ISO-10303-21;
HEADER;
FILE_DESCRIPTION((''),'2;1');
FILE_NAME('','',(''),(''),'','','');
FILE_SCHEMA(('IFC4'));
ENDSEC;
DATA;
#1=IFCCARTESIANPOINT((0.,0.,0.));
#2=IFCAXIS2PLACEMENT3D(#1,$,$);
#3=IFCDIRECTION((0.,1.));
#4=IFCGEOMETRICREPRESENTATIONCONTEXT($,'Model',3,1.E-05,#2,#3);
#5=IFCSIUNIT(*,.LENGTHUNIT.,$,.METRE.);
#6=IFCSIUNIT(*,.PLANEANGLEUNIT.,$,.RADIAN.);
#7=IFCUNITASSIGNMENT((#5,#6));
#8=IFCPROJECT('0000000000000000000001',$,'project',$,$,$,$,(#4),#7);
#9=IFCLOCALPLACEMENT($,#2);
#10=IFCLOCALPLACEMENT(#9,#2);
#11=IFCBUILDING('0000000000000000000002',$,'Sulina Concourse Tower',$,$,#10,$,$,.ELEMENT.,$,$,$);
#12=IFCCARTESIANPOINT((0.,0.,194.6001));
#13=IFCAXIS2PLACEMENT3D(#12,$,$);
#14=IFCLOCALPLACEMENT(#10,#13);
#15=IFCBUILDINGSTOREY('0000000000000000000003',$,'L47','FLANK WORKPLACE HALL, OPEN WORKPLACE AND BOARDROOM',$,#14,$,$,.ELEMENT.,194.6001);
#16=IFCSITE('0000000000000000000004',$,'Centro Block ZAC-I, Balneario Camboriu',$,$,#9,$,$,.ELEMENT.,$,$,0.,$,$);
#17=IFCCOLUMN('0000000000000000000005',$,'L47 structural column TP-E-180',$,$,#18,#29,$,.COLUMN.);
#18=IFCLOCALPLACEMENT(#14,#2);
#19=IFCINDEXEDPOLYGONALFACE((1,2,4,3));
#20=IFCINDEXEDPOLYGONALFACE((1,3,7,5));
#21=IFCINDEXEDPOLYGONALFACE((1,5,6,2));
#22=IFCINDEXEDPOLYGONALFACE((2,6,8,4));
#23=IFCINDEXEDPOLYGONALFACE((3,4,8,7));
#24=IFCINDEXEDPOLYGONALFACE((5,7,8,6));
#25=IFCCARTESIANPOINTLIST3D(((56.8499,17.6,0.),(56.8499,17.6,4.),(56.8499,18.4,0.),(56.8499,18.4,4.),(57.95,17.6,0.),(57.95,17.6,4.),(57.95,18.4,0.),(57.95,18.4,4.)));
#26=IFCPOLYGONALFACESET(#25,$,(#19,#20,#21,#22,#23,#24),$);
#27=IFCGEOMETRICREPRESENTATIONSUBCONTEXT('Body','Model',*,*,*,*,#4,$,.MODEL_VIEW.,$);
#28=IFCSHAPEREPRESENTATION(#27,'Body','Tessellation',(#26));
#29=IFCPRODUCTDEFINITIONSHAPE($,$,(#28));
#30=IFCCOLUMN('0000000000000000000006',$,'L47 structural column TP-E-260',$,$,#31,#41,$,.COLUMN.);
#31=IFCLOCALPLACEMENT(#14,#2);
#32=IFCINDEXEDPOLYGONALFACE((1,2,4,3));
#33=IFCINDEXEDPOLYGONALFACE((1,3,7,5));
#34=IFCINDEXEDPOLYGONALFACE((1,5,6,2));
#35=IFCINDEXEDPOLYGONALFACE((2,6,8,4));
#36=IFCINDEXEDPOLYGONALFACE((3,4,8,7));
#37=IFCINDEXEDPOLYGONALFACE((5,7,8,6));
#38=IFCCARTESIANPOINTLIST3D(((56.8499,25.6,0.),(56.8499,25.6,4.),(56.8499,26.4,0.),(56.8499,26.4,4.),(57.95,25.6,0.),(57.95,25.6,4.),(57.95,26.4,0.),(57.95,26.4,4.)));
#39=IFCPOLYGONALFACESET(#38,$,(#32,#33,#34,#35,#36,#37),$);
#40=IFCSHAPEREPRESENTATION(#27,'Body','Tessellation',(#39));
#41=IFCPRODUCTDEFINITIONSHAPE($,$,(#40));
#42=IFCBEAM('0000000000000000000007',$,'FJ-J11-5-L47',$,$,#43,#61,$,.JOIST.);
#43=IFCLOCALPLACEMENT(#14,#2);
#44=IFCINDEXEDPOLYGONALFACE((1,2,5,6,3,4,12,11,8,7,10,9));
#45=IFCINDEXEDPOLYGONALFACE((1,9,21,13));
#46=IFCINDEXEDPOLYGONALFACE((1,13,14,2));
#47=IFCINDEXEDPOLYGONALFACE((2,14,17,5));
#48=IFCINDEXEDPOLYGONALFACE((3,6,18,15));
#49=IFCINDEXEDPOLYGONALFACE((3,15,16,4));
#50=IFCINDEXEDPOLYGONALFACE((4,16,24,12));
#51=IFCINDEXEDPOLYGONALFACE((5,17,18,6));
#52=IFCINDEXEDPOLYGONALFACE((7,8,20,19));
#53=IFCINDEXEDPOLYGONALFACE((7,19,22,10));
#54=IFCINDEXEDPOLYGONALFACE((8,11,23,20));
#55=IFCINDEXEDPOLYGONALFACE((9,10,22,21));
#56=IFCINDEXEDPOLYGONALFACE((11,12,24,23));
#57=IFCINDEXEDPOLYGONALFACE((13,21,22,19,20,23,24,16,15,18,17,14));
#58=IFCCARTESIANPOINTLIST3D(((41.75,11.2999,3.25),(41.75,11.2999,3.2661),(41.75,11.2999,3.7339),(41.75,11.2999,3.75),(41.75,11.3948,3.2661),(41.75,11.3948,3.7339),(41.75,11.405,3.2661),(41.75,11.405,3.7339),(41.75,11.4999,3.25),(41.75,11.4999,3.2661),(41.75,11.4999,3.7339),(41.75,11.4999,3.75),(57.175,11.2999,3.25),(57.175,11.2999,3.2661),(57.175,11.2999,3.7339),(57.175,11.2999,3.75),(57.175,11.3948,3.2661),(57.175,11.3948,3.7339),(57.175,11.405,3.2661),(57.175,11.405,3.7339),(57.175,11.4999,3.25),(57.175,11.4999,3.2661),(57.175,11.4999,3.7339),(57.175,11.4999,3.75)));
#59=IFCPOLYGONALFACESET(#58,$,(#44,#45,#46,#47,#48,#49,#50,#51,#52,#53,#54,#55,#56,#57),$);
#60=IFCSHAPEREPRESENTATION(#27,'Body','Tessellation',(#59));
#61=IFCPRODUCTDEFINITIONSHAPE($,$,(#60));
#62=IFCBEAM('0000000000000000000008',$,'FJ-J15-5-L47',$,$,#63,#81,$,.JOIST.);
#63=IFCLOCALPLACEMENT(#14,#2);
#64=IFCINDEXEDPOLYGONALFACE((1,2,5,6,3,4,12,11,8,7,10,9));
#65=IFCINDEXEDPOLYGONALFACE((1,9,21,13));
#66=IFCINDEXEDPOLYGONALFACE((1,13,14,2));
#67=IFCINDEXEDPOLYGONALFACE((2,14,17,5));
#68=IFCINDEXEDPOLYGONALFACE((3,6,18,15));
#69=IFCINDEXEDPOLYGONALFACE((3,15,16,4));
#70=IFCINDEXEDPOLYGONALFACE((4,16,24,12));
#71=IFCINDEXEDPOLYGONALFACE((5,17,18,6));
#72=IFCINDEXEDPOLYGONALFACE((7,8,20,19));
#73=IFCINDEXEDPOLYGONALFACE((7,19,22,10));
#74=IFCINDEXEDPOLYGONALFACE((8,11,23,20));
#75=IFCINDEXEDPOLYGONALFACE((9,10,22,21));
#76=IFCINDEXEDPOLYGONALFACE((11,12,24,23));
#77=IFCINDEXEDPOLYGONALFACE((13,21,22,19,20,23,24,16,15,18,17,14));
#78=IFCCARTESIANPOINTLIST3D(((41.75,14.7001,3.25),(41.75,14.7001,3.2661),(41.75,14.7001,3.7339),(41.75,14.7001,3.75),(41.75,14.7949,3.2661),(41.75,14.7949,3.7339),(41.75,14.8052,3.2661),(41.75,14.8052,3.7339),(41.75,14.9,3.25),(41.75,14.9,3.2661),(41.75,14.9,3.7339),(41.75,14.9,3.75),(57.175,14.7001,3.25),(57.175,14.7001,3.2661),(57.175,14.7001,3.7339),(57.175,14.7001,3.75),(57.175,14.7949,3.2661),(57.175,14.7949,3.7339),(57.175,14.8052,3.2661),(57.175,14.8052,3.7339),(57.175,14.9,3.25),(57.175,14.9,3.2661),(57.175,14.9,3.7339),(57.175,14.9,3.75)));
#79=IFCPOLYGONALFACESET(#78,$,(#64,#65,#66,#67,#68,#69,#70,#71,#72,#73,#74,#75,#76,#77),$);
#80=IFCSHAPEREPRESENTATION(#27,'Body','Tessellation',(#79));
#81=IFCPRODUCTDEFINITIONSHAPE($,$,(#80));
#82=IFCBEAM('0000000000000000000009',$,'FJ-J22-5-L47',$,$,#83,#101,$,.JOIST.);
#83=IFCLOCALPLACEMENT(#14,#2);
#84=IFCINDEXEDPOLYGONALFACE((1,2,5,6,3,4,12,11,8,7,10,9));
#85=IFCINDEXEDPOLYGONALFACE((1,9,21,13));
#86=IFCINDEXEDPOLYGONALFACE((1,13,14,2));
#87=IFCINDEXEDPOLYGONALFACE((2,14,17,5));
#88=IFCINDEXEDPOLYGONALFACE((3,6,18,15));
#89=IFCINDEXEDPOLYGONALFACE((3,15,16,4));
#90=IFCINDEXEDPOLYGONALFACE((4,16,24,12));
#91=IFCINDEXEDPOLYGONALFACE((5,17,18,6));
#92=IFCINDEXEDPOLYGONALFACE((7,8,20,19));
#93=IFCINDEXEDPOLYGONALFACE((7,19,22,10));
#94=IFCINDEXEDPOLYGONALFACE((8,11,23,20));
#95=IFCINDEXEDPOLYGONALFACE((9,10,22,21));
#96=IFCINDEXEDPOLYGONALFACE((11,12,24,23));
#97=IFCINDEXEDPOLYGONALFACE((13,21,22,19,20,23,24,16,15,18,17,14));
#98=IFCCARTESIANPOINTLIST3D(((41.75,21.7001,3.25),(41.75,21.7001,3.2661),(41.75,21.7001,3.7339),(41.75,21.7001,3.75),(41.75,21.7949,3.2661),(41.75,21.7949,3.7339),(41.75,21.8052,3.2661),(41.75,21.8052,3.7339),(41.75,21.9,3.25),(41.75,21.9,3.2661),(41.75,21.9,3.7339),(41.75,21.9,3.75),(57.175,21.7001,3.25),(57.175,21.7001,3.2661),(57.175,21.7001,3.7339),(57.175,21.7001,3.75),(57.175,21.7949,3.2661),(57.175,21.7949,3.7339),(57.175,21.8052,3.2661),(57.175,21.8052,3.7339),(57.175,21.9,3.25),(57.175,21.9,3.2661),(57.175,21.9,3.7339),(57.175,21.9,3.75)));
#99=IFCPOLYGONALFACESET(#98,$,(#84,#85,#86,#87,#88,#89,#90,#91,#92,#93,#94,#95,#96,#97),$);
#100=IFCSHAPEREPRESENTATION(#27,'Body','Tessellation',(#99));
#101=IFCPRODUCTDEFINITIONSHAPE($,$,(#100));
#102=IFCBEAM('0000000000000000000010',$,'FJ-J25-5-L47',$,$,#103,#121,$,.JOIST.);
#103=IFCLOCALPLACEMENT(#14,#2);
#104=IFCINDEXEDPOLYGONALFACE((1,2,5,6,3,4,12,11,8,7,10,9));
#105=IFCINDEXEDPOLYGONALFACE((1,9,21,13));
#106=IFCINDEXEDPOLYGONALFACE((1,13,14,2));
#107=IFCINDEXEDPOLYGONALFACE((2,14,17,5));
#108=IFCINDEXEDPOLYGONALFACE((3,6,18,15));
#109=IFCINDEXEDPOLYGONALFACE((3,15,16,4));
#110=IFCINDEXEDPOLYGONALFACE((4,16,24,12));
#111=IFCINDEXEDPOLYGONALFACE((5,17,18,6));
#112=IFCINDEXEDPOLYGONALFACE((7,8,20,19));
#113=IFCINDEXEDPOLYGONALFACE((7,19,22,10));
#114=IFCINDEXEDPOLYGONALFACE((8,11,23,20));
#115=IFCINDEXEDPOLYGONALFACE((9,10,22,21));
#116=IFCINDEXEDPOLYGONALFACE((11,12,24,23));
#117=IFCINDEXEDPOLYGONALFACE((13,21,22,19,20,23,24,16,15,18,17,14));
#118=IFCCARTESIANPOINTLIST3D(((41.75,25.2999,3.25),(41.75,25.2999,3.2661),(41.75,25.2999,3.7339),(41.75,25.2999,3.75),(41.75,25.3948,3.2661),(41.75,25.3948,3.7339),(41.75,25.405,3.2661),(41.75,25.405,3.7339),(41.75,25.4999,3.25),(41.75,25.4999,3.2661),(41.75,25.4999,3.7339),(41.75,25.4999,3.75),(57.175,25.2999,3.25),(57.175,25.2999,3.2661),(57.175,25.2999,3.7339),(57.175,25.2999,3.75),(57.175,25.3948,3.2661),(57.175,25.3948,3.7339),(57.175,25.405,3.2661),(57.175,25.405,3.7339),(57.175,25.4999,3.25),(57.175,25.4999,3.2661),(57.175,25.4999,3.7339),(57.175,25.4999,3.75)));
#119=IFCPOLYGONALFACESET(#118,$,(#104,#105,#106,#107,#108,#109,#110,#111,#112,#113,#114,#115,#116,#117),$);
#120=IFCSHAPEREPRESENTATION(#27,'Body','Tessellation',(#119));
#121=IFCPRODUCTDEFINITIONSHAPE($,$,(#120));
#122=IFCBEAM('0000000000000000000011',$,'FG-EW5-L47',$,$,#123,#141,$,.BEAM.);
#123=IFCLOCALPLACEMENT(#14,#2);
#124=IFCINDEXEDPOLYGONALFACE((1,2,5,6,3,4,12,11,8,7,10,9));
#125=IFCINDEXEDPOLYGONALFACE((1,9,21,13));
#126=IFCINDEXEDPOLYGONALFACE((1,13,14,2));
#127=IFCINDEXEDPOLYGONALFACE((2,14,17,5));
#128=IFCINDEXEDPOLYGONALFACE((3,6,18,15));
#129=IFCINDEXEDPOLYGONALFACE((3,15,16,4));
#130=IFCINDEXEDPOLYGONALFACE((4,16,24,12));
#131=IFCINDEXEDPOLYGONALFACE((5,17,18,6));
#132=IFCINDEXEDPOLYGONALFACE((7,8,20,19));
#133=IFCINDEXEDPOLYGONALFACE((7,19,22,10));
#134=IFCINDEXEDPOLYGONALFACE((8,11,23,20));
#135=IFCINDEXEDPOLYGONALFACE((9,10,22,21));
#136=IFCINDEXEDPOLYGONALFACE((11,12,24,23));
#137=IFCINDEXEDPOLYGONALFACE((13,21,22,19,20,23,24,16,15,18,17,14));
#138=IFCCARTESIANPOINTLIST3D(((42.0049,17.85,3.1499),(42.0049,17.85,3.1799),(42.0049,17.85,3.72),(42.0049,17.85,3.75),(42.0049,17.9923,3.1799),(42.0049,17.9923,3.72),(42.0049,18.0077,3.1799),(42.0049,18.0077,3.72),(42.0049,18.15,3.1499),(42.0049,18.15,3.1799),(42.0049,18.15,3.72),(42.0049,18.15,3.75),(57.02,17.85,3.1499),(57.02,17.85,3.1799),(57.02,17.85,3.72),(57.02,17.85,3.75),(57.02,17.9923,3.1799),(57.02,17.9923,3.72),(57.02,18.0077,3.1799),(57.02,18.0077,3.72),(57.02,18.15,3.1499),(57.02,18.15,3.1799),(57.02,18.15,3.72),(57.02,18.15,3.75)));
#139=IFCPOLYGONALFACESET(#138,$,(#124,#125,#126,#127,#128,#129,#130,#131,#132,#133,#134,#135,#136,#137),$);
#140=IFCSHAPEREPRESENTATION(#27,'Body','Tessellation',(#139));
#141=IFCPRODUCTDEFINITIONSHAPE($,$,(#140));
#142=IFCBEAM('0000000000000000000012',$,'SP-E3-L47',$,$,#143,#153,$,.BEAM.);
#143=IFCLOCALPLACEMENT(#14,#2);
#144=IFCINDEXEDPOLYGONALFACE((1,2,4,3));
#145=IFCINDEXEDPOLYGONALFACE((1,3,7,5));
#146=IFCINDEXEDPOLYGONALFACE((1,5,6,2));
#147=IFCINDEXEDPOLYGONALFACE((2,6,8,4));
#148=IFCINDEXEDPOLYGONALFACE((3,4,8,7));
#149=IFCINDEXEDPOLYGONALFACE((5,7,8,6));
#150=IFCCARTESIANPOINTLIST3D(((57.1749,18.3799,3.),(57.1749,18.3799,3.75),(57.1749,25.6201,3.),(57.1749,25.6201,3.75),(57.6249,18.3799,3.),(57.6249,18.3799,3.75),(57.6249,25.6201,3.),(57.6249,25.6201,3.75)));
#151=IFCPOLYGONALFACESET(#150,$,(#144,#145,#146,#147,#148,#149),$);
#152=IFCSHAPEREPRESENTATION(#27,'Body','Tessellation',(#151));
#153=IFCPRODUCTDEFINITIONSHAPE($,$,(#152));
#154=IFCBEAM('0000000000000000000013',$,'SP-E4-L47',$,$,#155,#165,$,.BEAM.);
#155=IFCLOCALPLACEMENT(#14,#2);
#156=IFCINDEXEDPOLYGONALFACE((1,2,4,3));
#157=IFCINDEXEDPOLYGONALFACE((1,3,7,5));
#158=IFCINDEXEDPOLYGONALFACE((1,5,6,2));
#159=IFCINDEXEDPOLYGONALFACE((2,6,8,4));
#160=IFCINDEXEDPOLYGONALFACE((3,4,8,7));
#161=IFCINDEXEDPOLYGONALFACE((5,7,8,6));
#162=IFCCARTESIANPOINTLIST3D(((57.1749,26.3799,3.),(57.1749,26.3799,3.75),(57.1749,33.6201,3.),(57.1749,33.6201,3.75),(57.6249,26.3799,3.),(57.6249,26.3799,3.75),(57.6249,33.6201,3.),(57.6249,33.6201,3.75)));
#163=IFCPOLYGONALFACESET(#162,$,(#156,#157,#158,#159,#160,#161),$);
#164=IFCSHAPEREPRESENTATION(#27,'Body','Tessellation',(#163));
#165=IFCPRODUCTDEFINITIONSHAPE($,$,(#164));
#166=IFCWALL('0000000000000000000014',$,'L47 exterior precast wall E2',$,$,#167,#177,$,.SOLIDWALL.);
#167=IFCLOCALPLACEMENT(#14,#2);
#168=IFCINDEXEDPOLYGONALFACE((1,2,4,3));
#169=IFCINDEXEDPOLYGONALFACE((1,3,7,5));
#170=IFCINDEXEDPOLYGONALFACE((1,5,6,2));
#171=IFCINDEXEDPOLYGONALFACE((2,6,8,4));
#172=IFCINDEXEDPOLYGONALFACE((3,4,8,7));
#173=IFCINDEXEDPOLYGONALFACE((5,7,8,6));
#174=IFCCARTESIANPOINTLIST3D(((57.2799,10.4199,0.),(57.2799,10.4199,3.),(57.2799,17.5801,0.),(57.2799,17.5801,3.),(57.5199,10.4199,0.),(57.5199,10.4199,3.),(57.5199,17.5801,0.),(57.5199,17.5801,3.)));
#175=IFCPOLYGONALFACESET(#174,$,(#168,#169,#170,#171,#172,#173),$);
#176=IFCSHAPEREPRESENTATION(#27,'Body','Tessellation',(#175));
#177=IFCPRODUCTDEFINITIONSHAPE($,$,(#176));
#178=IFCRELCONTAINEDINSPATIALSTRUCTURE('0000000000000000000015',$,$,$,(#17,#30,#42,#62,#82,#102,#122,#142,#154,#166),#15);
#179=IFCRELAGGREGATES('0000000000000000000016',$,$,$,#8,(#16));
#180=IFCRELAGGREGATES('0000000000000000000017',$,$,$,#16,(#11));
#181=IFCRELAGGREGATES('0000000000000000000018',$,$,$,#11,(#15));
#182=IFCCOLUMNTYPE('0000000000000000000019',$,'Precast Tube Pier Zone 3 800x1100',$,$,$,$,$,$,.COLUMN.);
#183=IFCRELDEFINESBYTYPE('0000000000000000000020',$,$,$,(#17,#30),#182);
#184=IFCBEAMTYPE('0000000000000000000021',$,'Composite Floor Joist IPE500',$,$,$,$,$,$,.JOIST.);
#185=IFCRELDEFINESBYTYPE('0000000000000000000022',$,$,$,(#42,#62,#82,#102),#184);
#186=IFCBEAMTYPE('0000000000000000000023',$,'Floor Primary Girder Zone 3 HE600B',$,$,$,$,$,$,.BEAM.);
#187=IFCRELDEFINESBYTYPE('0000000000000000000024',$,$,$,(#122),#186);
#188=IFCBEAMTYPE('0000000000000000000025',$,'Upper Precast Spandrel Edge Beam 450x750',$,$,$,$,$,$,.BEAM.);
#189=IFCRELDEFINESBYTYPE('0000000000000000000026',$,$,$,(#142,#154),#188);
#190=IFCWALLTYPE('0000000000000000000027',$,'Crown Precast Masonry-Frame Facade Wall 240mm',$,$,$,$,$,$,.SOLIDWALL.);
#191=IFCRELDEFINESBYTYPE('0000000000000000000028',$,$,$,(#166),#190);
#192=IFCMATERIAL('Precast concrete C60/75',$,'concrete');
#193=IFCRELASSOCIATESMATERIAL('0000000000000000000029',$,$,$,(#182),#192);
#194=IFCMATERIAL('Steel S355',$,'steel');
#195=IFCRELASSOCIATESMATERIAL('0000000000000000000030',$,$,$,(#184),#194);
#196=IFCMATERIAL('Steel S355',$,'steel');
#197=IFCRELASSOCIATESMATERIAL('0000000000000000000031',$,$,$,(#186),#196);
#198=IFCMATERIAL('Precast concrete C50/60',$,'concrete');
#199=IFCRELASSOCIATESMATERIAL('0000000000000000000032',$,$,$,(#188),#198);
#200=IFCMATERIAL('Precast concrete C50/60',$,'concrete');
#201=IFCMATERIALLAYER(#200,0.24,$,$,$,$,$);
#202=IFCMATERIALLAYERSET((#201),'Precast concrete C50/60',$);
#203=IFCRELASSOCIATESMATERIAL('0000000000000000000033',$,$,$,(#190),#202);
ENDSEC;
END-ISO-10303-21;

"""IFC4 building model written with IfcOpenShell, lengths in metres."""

from ifc_helpers import new_model, si_unit, direction, frame, frame_2d, origin, origin_2d, place, context, subcontext, project, spatial, rectangle, i_section, extrude, material, layer, layer_set, material_profile, profile_set, type_object, element, save


model = new_model("IFC4")

# Units and contexts
model_context = context("Model", 3, precision=1e-05, world=origin(), true_north=direction((0.0, 1.0)))
body_context = subcontext(model_context, "Body", "Model", "MODEL_VIEW")
ifc_project = project(units=[si_unit("LENGTHUNIT", "METRE"), si_unit("PLANEANGLEUNIT", "RADIAN")], contexts=[model_context])

# Site, building, storey
site_placement = place(None, origin())
site = spatial("IfcSite", under=ifc_project, at=site_placement, Name="Centro Block ZAC-I, Balneario Camboriu", CompositionType="ELEMENT", RefElevation=0.0)
building_placement = place(site_placement, origin())
building = spatial("IfcBuilding", under=site, at=building_placement, Name="Sulina Concourse Tower", CompositionType="ELEMENT")
storey_placement = place(building_placement, frame((0.0, 0.0, 194.6001)))
storey = spatial("IfcBuildingStorey", under=building, at=storey_placement, Name="L47", Description="FLANK WORKPLACE HALL, OPEN WORKPLACE AND BOARDROOM", CompositionType="ELEMENT", Elevation=194.6001)

# Columns
ifc_material_1 = material(Name="Precast concrete C60/75", Category="concrete")
ifc_material_profile_1 = material_profile(ifc_material_1, rectangle(XDim=0.8, YDim=1.1001, at=origin_2d()), Name="PC 800x1100")
ifc_profile_set_1 = profile_set([ifc_material_profile_1], Name="Precast concrete C60/75")
column_type = type_object("IfcColumnType", Name="Precast Tube Pier Zone 3 800x1100", PredefinedType="COLUMN", material=ifc_profile_set_1)
for number, where, z_axis, x_axis, name in (
    (1, (57.3999, 18.0, 0.0), (0.0, 0.0, 1.0), (0.0, 1.0, 0.0), "L47 structural column TP-E-180"),
    (2, (57.3999, 26.0, 0.0), (0.0, 0.0, 1.0), (0.0, 1.0, 0.0), "L47 structural column TP-E-260"),
):
    element("IfcColumn", number, at=place(storey_placement, frame(where, z_axis=z_axis, x_axis=x_axis)), inside=storey, type_object=column_type, Name=name, PredefinedType="COLUMN", context=body_context, shape_type="SweptSolid", body=[
        extrude(rectangle(XDim=0.8, YDim=1.1001, at=origin_2d()), origin(), (0.0, 0.0, 1.0), 4.0),
    ])

# Beams
ifc_material_2 = material(Name="Steel S355", Category="steel")
ifc_material_profile_2 = material_profile(ifc_material_2, i_section(OverallWidth=0.2, OverallDepth=0.5, WebThickness=0.0103, FlangeThickness=0.0161, at=origin_2d()), Name="IPE 500")
ifc_profile_set_2 = profile_set([ifc_material_profile_2], Name="Steel S355")
beam_type_1 = type_object("IfcBeamType", Name="Composite Floor Joist IPE500", PredefinedType="JOIST", material=ifc_profile_set_2)
for number, where, z_axis, x_axis, name in (
    (3, (41.75, 11.3999, 3.5), (1.0, 0.0, 0.0), (0.0, 1.0, 0.0), "FJ-J11-5-L47"),
    (4, (41.75, 14.8, 3.5), (1.0, 0.0, 0.0), (0.0, 1.0, 0.0), "FJ-J15-5-L47"),
    (5, (41.75, 21.8, 3.5), (1.0, 0.0, 0.0), (0.0, 1.0, 0.0), "FJ-J22-5-L47"),
    (6, (41.75, 25.3999, 3.5), (1.0, 0.0, 0.0), (0.0, 1.0, 0.0), "FJ-J25-5-L47"),
):
    element("IfcBeam", number, at=place(storey_placement, frame(where, z_axis=z_axis, x_axis=x_axis)), inside=storey, type_object=beam_type_1, Name=name, PredefinedType="JOIST", context=body_context, shape_type="SweptSolid", body=[
        extrude(i_section(OverallWidth=0.2, OverallDepth=0.5, WebThickness=0.0103, FlangeThickness=0.0161, at=origin_2d()), origin(), (0.0, 0.0, 1.0), 15.425),
    ])
ifc_material_3 = material(Name="Steel S355", Category="steel")
ifc_material_profile_3 = material_profile(ifc_material_3, i_section(OverallWidth=0.3, OverallDepth=0.6001, WebThickness=0.0154, FlangeThickness=0.03, at=origin_2d()), Name="HE 600 B")
ifc_profile_set_3 = profile_set([ifc_material_profile_3], Name="Steel S355")
beam_type_2 = type_object("IfcBeamType", Name="Floor Primary Girder Zone 3 HE600B", PredefinedType="BEAM", material=ifc_profile_set_3)
beam_placement = place(storey_placement, frame((42.0049, 18.0, 3.45), z_axis=(1.0, 0.0, 0.0), x_axis=(0.0, 1.0, 0.0)))
element("IfcBeam", 7, at=beam_placement, inside=storey, type_object=beam_type_2, Name="FG-EW5-L47", PredefinedType="BEAM", context=body_context, shape_type="SweptSolid", body=[
    extrude(i_section(OverallWidth=0.3, OverallDepth=0.6001, WebThickness=0.0154, FlangeThickness=0.03, at=origin_2d()), origin(), (0.0, 0.0, 1.0), 15.0151),
])
ifc_material_4 = material(Name="Precast concrete C50/60", Category="concrete")
ifc_material_profile_4 = material_profile(ifc_material_4, rectangle(XDim=0.45, YDim=0.75, at=origin_2d()), Name="RC 450x750")
ifc_profile_set_4 = profile_set([ifc_material_profile_4], Name="Precast concrete C50/60")
beam_type_3 = type_object("IfcBeamType", Name="Upper Precast Spandrel Edge Beam 450x750", PredefinedType="BEAM", material=ifc_profile_set_4)
for number, where, z_axis, x_axis, name in (
    (8, (57.3999, 18.3799, 3.375), (0.0, 1.0, 0.0), (-1.0, 0.0, 0.0), "SP-E3-L47"),
    (9, (57.3999, 26.3799, 3.375), (0.0, 1.0, 0.0), (-1.0, 0.0, 0.0), "SP-E4-L47"),
):
    element("IfcBeam", number, at=place(storey_placement, frame(where, z_axis=z_axis, x_axis=x_axis)), inside=storey, type_object=beam_type_3, Name=name, PredefinedType="BEAM", context=body_context, shape_type="SweptSolid", body=[
        extrude(rectangle(XDim=0.45, YDim=0.75, at=origin_2d()), origin(), (0.0, 0.0, 1.0), 7.2402),
    ])

# Wall
ifc_material_5 = material(Name="Precast concrete C50/60", Category="concrete")
ifc_layer_1 = layer(ifc_material_5, 0.24)
ifc_layer_set_1 = layer_set([ifc_layer_1], Name="Precast concrete C50/60")
wall_type_1 = type_object("IfcWallType", Name="Crown Precast Masonry-Frame Facade Wall 240mm", PredefinedType="SOLIDWALL", material=ifc_layer_set_1)
wall_1_placement = place(storey_placement, frame((57.3999, 17.5801, 0.0), z_axis=(0.0, 0.0, 1.0), x_axis=(0.0, -1.0, 0.0)))
element("IfcWall", 10, at=wall_1_placement, inside=storey, type_object=wall_type_1, Name="L47 exterior precast wall E2", PredefinedType="SOLIDWALL", context=body_context, shape_type="SweptSolid", body=[
    extrude(rectangle(XDim=7.1602, YDim=0.24, at=frame_2d((3.5801, 0.0))), origin(), (0.0, 0.0, 1.0), 3.0),
])

save(model, "model.ifc")
